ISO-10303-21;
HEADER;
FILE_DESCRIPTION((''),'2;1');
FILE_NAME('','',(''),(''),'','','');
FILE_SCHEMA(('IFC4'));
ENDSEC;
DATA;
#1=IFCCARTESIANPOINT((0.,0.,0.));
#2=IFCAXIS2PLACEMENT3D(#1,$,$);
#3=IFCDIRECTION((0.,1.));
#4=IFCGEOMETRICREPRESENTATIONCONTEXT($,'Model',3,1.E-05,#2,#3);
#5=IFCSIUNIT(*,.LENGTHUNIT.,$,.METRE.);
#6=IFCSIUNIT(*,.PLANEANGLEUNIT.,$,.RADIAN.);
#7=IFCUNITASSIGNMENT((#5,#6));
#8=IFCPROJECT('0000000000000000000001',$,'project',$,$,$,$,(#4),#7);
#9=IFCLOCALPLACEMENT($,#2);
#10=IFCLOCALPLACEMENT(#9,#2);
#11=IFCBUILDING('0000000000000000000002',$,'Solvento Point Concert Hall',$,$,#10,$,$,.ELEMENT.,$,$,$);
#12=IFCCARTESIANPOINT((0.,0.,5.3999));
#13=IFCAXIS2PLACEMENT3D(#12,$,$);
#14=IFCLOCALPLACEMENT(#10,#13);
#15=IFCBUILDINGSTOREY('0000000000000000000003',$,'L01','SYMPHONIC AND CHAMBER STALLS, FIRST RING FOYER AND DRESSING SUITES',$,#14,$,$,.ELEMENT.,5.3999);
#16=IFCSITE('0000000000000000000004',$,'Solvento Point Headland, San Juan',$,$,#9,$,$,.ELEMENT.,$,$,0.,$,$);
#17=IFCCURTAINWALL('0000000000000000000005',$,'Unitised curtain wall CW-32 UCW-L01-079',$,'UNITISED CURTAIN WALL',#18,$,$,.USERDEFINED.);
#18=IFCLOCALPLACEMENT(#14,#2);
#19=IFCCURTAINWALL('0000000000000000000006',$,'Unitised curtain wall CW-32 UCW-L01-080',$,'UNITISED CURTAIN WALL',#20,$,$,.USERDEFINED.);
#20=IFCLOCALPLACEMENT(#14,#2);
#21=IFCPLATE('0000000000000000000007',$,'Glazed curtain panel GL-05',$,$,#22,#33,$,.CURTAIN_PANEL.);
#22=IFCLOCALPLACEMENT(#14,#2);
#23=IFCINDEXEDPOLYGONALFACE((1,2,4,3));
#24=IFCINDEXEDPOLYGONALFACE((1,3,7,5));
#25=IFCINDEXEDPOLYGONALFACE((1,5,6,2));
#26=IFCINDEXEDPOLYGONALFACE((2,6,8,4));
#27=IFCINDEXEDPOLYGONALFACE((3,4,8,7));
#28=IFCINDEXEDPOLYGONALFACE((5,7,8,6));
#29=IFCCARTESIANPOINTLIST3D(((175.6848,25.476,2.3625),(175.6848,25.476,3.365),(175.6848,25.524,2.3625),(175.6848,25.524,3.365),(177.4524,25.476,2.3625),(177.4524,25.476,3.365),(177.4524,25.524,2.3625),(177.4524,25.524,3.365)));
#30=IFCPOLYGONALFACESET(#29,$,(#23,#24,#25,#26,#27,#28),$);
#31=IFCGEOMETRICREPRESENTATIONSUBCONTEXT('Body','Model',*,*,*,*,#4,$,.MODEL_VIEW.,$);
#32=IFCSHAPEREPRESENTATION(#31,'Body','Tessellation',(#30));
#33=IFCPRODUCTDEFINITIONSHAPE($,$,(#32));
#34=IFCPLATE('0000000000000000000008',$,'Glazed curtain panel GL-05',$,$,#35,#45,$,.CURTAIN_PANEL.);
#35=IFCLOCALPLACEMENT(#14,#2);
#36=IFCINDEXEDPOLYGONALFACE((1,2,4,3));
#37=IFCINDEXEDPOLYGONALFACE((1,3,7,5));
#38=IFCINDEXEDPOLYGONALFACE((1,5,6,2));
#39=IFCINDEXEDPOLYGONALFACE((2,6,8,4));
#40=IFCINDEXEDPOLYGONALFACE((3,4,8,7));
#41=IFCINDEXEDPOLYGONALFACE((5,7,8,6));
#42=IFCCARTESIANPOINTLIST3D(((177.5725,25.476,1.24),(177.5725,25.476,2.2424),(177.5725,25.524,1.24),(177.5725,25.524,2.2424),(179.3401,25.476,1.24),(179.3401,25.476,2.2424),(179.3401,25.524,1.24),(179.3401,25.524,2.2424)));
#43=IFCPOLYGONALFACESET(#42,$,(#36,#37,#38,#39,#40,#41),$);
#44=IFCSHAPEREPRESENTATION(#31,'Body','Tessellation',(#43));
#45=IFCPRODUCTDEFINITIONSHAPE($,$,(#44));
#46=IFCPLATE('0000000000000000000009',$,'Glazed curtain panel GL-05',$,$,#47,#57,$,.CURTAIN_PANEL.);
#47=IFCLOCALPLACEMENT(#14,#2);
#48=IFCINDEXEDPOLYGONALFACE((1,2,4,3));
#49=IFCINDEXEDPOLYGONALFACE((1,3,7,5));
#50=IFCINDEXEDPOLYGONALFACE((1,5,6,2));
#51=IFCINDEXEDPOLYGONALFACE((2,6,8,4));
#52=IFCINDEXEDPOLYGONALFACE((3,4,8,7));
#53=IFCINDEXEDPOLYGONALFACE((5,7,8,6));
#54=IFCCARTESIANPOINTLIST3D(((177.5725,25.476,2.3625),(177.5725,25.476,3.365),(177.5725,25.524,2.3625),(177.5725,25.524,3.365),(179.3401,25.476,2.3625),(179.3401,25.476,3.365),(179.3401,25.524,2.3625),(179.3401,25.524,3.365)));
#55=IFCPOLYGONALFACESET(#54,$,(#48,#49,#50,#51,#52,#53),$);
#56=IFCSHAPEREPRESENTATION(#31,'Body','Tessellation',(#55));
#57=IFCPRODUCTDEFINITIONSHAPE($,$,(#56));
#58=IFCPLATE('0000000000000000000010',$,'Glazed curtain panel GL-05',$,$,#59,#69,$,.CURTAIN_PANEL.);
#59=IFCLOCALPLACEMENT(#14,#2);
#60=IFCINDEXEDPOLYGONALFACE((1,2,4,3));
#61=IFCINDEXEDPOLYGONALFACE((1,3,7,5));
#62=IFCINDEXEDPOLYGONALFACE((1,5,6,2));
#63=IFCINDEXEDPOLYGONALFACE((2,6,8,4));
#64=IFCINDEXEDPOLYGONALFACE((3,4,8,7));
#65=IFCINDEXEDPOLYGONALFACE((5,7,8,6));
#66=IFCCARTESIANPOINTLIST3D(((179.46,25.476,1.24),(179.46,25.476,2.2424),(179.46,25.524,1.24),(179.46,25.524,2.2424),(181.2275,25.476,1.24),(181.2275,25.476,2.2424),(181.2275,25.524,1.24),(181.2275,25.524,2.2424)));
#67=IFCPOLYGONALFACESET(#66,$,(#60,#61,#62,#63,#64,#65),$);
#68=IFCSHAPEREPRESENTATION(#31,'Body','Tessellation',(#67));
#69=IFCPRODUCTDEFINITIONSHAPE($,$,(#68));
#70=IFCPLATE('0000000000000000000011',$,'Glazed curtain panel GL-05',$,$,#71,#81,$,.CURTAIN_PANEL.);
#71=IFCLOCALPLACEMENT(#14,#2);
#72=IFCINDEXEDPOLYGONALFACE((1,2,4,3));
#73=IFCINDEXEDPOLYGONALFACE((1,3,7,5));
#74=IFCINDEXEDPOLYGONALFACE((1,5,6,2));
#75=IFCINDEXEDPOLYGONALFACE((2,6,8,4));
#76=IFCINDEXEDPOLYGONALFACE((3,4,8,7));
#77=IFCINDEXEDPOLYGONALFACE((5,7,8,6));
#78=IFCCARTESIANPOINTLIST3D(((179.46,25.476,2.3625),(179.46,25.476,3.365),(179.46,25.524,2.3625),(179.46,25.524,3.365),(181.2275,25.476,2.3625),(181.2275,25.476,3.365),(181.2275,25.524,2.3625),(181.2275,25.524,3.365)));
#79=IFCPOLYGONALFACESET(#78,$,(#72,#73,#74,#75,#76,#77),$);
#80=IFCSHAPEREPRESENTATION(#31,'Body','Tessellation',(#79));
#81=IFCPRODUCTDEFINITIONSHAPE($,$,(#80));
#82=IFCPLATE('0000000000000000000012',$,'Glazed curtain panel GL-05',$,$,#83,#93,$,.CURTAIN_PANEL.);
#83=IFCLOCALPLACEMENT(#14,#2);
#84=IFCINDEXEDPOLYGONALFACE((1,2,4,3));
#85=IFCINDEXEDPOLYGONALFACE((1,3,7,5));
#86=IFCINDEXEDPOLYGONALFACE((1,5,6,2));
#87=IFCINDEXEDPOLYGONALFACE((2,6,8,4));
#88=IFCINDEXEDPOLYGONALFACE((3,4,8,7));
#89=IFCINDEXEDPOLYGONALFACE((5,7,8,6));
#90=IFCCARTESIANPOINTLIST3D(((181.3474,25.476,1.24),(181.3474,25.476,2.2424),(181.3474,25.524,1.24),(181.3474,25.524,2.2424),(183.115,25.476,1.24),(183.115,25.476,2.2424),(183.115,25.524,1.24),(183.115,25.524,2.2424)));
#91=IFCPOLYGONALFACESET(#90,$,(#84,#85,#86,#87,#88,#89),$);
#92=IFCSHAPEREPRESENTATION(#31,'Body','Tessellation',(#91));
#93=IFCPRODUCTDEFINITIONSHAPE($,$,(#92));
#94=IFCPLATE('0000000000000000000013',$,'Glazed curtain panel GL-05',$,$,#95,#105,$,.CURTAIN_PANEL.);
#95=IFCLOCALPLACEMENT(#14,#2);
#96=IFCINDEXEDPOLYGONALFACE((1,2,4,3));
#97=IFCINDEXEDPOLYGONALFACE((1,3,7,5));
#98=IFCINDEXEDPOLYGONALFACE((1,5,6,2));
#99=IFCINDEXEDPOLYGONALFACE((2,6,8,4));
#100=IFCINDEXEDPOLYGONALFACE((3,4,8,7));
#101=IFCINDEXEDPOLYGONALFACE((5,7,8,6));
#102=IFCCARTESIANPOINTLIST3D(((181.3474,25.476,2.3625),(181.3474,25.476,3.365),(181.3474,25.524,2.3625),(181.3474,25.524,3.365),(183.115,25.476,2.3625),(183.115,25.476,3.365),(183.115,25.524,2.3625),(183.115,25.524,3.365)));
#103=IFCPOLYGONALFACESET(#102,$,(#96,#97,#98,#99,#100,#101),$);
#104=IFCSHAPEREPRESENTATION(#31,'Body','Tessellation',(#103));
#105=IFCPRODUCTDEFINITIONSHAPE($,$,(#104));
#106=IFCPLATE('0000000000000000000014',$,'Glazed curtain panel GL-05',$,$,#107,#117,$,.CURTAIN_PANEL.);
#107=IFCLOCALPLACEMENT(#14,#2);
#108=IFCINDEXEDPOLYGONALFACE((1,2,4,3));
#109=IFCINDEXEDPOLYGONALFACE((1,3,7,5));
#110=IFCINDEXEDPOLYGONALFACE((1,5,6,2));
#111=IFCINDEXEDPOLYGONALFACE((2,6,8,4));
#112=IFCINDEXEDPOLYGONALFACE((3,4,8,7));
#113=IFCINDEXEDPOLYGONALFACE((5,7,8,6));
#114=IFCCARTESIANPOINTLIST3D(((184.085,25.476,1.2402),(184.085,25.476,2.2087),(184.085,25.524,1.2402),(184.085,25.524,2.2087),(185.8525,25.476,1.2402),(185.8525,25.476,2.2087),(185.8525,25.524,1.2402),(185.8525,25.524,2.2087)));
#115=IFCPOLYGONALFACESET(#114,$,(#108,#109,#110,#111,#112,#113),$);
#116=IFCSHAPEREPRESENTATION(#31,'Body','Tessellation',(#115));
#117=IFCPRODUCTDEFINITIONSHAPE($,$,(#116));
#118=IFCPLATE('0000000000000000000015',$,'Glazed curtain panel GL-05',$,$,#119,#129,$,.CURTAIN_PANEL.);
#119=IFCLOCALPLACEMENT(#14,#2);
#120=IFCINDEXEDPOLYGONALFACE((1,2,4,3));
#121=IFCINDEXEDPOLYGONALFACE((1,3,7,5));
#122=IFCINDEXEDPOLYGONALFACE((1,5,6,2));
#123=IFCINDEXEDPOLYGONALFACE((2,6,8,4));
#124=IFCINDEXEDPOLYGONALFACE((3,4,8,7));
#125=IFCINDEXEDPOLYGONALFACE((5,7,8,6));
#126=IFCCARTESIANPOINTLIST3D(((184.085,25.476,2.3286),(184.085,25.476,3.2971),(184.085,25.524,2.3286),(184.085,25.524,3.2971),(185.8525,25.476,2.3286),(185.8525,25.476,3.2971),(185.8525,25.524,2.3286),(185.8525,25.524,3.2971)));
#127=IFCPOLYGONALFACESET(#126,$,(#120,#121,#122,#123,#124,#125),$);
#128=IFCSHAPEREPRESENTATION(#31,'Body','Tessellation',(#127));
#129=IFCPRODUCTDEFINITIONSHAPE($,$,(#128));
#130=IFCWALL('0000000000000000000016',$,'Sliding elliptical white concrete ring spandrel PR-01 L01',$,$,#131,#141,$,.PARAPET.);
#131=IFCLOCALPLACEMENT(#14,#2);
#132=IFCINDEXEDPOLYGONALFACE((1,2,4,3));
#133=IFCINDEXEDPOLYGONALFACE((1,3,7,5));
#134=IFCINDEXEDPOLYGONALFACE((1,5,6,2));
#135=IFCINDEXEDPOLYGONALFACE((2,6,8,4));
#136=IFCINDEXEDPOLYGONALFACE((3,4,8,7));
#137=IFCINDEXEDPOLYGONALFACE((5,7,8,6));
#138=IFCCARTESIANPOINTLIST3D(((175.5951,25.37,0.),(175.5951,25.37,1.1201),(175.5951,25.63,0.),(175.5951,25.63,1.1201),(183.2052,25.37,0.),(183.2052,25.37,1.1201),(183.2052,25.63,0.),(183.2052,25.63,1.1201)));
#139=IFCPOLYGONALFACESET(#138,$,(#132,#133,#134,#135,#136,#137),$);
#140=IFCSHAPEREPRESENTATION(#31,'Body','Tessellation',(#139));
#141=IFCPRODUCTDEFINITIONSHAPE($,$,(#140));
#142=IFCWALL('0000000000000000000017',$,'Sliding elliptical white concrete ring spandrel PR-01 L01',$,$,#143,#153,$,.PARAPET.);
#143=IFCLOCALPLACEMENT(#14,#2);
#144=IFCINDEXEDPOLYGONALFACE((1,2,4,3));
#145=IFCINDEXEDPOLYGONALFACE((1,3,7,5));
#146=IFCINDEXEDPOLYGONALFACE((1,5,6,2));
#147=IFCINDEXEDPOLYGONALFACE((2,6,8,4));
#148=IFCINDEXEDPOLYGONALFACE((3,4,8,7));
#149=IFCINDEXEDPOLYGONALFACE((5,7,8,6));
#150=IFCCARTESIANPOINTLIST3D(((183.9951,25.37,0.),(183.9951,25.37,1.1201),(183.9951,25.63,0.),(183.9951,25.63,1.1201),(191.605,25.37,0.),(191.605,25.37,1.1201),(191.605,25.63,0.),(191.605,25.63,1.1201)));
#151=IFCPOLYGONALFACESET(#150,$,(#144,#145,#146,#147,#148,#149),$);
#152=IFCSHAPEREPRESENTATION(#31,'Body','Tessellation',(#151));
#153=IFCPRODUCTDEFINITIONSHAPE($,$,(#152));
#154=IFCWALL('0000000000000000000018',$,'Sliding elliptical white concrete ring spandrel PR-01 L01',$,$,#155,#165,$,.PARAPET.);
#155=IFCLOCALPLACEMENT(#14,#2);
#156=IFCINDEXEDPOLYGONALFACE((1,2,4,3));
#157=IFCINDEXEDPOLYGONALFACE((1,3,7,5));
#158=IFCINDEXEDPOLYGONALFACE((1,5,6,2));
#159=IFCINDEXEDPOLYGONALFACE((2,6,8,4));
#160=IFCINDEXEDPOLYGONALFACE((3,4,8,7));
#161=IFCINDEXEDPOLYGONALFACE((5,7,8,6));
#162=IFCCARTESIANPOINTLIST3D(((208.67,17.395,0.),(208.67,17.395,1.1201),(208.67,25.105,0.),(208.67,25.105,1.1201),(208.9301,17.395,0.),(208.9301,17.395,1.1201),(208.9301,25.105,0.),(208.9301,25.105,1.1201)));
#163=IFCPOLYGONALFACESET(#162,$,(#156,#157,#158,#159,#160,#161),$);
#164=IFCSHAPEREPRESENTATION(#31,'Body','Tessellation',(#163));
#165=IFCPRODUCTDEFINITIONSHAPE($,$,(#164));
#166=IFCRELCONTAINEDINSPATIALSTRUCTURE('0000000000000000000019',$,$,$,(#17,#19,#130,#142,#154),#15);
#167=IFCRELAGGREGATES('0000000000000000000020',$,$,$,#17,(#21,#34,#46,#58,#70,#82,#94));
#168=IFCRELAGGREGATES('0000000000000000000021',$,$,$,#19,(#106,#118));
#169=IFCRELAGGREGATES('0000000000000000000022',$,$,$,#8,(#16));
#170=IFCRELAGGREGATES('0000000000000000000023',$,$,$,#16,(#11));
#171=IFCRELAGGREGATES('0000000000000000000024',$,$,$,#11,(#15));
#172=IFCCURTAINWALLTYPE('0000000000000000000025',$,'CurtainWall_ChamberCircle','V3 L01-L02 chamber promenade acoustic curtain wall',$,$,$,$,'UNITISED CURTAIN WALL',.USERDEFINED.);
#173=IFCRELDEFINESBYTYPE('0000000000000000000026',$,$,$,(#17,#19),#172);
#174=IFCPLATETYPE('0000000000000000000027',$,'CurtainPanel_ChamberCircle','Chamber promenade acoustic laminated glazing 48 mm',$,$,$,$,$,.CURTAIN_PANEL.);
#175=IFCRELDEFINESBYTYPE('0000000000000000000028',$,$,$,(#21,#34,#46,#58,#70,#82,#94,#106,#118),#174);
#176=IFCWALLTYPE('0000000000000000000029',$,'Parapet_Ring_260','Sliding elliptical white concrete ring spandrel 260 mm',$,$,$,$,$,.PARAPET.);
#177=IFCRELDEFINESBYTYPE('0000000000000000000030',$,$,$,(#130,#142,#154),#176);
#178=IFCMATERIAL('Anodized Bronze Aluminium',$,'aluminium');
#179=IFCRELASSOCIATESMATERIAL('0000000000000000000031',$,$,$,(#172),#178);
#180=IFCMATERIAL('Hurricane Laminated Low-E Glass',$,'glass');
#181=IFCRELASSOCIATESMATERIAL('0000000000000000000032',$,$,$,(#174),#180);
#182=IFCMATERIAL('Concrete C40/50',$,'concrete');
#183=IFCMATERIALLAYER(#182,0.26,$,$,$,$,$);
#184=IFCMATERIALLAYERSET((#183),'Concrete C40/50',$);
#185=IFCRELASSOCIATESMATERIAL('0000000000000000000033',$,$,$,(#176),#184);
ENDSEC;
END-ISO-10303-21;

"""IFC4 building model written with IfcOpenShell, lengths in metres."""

from ifc_helpers import new_model, si_unit, direction, frame, frame_2d, origin, origin_2d, place, context, subcontext, project, spatial, rectangle, extrude, material, layer, layer_set, type_object, element, aggregate, save


model = new_model("IFC4")

# Units and contexts
model_context = context("Model", 3, precision=1e-05, world=origin(), true_north=direction((0.0, 1.0)))
body_context = subcontext(model_context, "Body", "Model", "MODEL_VIEW")
ifc_project = project(units=[si_unit("LENGTHUNIT", "METRE"), si_unit("PLANEANGLEUNIT", "RADIAN")], contexts=[model_context])

# Site, building, storey
site_placement = place(None, origin())
site = spatial("IfcSite", under=ifc_project, at=site_placement, Name="Solvento Point Headland, San Juan", CompositionType="ELEMENT", RefElevation=0.0)
building_placement = place(site_placement, origin())
building = spatial("IfcBuilding", under=site, at=building_placement, Name="Solvento Point Concert Hall", CompositionType="ELEMENT")
storey_placement = place(building_placement, frame((0.0, 0.0, 5.3999)))
storey = spatial("IfcBuildingStorey", under=building, at=storey_placement, Name="L01", Description="SYMPHONIC AND CHAMBER STALLS, FIRST RING FOYER AND DRESSING SUITES", CompositionType="ELEMENT", Elevation=5.3999)

# Curtain wall
ifc_material_1 = material(Name="Anodized Bronze Aluminium", Category="aluminium")
curtain_wall_type = type_object("IfcCurtainWallType", Name="CurtainWall_ChamberCircle", Description="V3 L01-L02 chamber promenade acoustic curtain wall", ElementType="UNITISED CURTAIN WALL", PredefinedType="USERDEFINED", material=ifc_material_1)
curtain_wall_1_placement = place(storey_placement, origin())
curtain_wall_1 = element("IfcCurtainWall", 1, at=curtain_wall_1_placement, inside=storey, type_object=curtain_wall_type, Name="Unitised curtain wall CW-32 UCW-L01-079", ObjectType="UNITISED CURTAIN WALL", PredefinedType="USERDEFINED")

# Curtain wall
curtain_wall_2_placement = place(storey_placement, origin())
curtain_wall_2 = element("IfcCurtainWall", 2, at=curtain_wall_2_placement, inside=storey, type_object=curtain_wall_type, Name="Unitised curtain wall CW-32 UCW-L01-080", ObjectType="UNITISED CURTAIN WALL", PredefinedType="USERDEFINED")

# Plates
ifc_material_2 = material(Name="Hurricane Laminated Low-E Glass", Category="glass")
plate_type = type_object("IfcPlateType", Name="CurtainPanel_ChamberCircle", Description="Chamber promenade acoustic laminated glazing 48 mm", PredefinedType="CURTAIN_PANEL", material=ifc_material_2)
plate_1_placement = place(storey_placement, frame((176.5686, 25.5, 2.3625), z_axis=(0.0, 0.0, 1.0), x_axis=(1.0, 0.0, 0.0)))
plate_1 = element("IfcPlate", 3, at=plate_1_placement, type_object=plate_type, Name="Glazed curtain panel GL-05", PredefinedType="CURTAIN_PANEL", context=body_context, shape_type="SweptSolid", body=[
    extrude(rectangle(XDim=1.7676, YDim=0.0481, at=origin_2d()), origin(), (0.0, 0.0, 1.0), 1.0024),
])
plate_2_placement = place(storey_placement, frame((178.4563, 25.5, 1.24), z_axis=(0.0, 0.0, 1.0), x_axis=(1.0, 0.0, 0.0)))
plate_2 = element("IfcPlate", 4, at=plate_2_placement, type_object=plate_type, Name="Glazed curtain panel GL-05", PredefinedType="CURTAIN_PANEL", context=body_context, shape_type="SweptSolid", body=[
    extrude(rectangle(XDim=1.7676, YDim=0.0481, at=origin_2d()), origin(), (0.0, 0.0, 1.0), 1.0024),
])
plate_3_placement = place(storey_placement, frame((178.4563, 25.5, 2.3625), z_axis=(0.0, 0.0, 1.0), x_axis=(1.0, 0.0, 0.0)))
plate_3 = element("IfcPlate", 5, at=plate_3_placement, type_object=plate_type, Name="Glazed curtain panel GL-05", PredefinedType="CURTAIN_PANEL", context=body_context, shape_type="SweptSolid", body=[
    extrude(rectangle(XDim=1.7676, YDim=0.0481, at=origin_2d()), origin(), (0.0, 0.0, 1.0), 1.0024),
])
plate_4_placement = place(storey_placement, frame((180.3438, 25.5, 1.24), z_axis=(0.0, 0.0, 1.0), x_axis=(1.0, 0.0, 0.0)))
plate_4 = element("IfcPlate", 6, at=plate_4_placement, type_object=plate_type, Name="Glazed curtain panel GL-05", PredefinedType="CURTAIN_PANEL", context=body_context, shape_type="SweptSolid", body=[
    extrude(rectangle(XDim=1.7676, YDim=0.0481, at=origin_2d()), origin(), (0.0, 0.0, 1.0), 1.0024),
])
plate_5_placement = place(storey_placement, frame((180.3438, 25.5, 2.3625), z_axis=(0.0, 0.0, 1.0), x_axis=(1.0, 0.0, 0.0)))
plate_5 = element("IfcPlate", 7, at=plate_5_placement, type_object=plate_type, Name="Glazed curtain panel GL-05", PredefinedType="CURTAIN_PANEL", context=body_context, shape_type="SweptSolid", body=[
    extrude(rectangle(XDim=1.7676, YDim=0.0481, at=origin_2d()), origin(), (0.0, 0.0, 1.0), 1.0024),
])
plate_6_placement = place(storey_placement, frame((182.2312, 25.5, 1.24), z_axis=(0.0, 0.0, 1.0), x_axis=(1.0, 0.0, 0.0)))
plate_6 = element("IfcPlate", 8, at=plate_6_placement, type_object=plate_type, Name="Glazed curtain panel GL-05", PredefinedType="CURTAIN_PANEL", context=body_context, shape_type="SweptSolid", body=[
    extrude(rectangle(XDim=1.7676, YDim=0.0481, at=origin_2d()), origin(), (0.0, 0.0, 1.0), 1.0024),
])
plate_7_placement = place(storey_placement, frame((182.2312, 25.5, 2.3625), z_axis=(0.0, 0.0, 1.0), x_axis=(1.0, 0.0, 0.0)))
plate_7 = element("IfcPlate", 9, at=plate_7_placement, type_object=plate_type, Name="Glazed curtain panel GL-05", PredefinedType="CURTAIN_PANEL", context=body_context, shape_type="SweptSolid", body=[
    extrude(rectangle(XDim=1.7676, YDim=0.0481, at=origin_2d()), origin(), (0.0, 0.0, 1.0), 1.0024),
])
aggregate(curtain_wall_1, [plate_1, plate_2, plate_3, plate_4, plate_5, plate_6, plate_7])
plate_8_placement = place(storey_placement, frame((184.9688, 25.5, 1.2402), z_axis=(0.0, 0.0, 1.0), x_axis=(1.0, 0.0, 0.0)))
plate_8 = element("IfcPlate", 10, at=plate_8_placement, type_object=plate_type, Name="Glazed curtain panel GL-05", PredefinedType="CURTAIN_PANEL", context=body_context, shape_type="SweptSolid", body=[
    extrude(rectangle(XDim=1.7676, YDim=0.0481, at=origin_2d()), origin(), (0.0, 0.0, 1.0), 0.9685),
])
plate_9_placement = place(storey_placement, frame((184.9688, 25.5, 2.3286), z_axis=(0.0, 0.0, 1.0), x_axis=(1.0, 0.0, 0.0)))
plate_9 = element("IfcPlate", 11, at=plate_9_placement, type_object=plate_type, Name="Glazed curtain panel GL-05", PredefinedType="CURTAIN_PANEL", context=body_context, shape_type="SweptSolid", body=[
    extrude(rectangle(XDim=1.7676, YDim=0.0481, at=origin_2d()), origin(), (0.0, 0.0, 1.0), 0.9685),
])
aggregate(curtain_wall_2, [plate_8, plate_9])

# Walls
ifc_material_3 = material(Name="Concrete C40/50", Category="concrete")
ifc_layer = layer(ifc_material_3, 0.26)
ifc_layer_set = layer_set([ifc_layer], Name="Concrete C40/50")
wall_type = type_object("IfcWallType", Name="Parapet_Ring_260", Description="Sliding elliptical white concrete ring spandrel 260 mm", PredefinedType="PARAPET", material=ifc_layer_set)
wall_1_placement = place(storey_placement, frame((175.595, 25.5, 0.0), z_axis=(0.0, 0.0, 1.0), x_axis=(1.0, 0.0, 0.0)))
element("IfcWall", 12, at=wall_1_placement, inside=storey, type_object=wall_type, Name="Sliding elliptical white concrete ring spandrel PR-01 L01", PredefinedType="PARAPET", context=body_context, shape_type="SweptSolid", body=[
    extrude(rectangle(XDim=7.6101, YDim=0.26, at=frame_2d((3.8052, 0.0))), origin(), (0.0, 0.0, 1.0), 1.1201),
])
wall_2_placement = place(storey_placement, frame((183.9951, 25.5, 0.0), z_axis=(0.0, 0.0, 1.0), x_axis=(1.0, 0.0, 0.0)))
element("IfcWall", 13, at=wall_2_placement, inside=storey, type_object=wall_type, Name="Sliding elliptical white concrete ring spandrel PR-01 L01", PredefinedType="PARAPET", context=body_context, shape_type="SweptSolid", body=[
    extrude(rectangle(XDim=7.6099, YDim=0.26, at=frame_2d((3.8049, 0.0))), origin(), (0.0, 0.0, 1.0), 1.1201),
])
wall_3_placement = place(storey_placement, frame((208.8, 25.105, 0.0), z_axis=(0.0, 0.0, 1.0), x_axis=(0.0, -1.0, 0.0)))
element("IfcWall", 14, at=wall_3_placement, inside=storey, type_object=wall_type, Name="Sliding elliptical white concrete ring spandrel PR-01 L01", PredefinedType="PARAPET", context=body_context, shape_type="SweptSolid", body=[
    extrude(rectangle(XDim=7.71, YDim=0.26, at=frame_2d((3.855, 0.0))), origin(), (0.0, 0.0, 1.0), 1.1201),
])

save(model, "model.ifc")
